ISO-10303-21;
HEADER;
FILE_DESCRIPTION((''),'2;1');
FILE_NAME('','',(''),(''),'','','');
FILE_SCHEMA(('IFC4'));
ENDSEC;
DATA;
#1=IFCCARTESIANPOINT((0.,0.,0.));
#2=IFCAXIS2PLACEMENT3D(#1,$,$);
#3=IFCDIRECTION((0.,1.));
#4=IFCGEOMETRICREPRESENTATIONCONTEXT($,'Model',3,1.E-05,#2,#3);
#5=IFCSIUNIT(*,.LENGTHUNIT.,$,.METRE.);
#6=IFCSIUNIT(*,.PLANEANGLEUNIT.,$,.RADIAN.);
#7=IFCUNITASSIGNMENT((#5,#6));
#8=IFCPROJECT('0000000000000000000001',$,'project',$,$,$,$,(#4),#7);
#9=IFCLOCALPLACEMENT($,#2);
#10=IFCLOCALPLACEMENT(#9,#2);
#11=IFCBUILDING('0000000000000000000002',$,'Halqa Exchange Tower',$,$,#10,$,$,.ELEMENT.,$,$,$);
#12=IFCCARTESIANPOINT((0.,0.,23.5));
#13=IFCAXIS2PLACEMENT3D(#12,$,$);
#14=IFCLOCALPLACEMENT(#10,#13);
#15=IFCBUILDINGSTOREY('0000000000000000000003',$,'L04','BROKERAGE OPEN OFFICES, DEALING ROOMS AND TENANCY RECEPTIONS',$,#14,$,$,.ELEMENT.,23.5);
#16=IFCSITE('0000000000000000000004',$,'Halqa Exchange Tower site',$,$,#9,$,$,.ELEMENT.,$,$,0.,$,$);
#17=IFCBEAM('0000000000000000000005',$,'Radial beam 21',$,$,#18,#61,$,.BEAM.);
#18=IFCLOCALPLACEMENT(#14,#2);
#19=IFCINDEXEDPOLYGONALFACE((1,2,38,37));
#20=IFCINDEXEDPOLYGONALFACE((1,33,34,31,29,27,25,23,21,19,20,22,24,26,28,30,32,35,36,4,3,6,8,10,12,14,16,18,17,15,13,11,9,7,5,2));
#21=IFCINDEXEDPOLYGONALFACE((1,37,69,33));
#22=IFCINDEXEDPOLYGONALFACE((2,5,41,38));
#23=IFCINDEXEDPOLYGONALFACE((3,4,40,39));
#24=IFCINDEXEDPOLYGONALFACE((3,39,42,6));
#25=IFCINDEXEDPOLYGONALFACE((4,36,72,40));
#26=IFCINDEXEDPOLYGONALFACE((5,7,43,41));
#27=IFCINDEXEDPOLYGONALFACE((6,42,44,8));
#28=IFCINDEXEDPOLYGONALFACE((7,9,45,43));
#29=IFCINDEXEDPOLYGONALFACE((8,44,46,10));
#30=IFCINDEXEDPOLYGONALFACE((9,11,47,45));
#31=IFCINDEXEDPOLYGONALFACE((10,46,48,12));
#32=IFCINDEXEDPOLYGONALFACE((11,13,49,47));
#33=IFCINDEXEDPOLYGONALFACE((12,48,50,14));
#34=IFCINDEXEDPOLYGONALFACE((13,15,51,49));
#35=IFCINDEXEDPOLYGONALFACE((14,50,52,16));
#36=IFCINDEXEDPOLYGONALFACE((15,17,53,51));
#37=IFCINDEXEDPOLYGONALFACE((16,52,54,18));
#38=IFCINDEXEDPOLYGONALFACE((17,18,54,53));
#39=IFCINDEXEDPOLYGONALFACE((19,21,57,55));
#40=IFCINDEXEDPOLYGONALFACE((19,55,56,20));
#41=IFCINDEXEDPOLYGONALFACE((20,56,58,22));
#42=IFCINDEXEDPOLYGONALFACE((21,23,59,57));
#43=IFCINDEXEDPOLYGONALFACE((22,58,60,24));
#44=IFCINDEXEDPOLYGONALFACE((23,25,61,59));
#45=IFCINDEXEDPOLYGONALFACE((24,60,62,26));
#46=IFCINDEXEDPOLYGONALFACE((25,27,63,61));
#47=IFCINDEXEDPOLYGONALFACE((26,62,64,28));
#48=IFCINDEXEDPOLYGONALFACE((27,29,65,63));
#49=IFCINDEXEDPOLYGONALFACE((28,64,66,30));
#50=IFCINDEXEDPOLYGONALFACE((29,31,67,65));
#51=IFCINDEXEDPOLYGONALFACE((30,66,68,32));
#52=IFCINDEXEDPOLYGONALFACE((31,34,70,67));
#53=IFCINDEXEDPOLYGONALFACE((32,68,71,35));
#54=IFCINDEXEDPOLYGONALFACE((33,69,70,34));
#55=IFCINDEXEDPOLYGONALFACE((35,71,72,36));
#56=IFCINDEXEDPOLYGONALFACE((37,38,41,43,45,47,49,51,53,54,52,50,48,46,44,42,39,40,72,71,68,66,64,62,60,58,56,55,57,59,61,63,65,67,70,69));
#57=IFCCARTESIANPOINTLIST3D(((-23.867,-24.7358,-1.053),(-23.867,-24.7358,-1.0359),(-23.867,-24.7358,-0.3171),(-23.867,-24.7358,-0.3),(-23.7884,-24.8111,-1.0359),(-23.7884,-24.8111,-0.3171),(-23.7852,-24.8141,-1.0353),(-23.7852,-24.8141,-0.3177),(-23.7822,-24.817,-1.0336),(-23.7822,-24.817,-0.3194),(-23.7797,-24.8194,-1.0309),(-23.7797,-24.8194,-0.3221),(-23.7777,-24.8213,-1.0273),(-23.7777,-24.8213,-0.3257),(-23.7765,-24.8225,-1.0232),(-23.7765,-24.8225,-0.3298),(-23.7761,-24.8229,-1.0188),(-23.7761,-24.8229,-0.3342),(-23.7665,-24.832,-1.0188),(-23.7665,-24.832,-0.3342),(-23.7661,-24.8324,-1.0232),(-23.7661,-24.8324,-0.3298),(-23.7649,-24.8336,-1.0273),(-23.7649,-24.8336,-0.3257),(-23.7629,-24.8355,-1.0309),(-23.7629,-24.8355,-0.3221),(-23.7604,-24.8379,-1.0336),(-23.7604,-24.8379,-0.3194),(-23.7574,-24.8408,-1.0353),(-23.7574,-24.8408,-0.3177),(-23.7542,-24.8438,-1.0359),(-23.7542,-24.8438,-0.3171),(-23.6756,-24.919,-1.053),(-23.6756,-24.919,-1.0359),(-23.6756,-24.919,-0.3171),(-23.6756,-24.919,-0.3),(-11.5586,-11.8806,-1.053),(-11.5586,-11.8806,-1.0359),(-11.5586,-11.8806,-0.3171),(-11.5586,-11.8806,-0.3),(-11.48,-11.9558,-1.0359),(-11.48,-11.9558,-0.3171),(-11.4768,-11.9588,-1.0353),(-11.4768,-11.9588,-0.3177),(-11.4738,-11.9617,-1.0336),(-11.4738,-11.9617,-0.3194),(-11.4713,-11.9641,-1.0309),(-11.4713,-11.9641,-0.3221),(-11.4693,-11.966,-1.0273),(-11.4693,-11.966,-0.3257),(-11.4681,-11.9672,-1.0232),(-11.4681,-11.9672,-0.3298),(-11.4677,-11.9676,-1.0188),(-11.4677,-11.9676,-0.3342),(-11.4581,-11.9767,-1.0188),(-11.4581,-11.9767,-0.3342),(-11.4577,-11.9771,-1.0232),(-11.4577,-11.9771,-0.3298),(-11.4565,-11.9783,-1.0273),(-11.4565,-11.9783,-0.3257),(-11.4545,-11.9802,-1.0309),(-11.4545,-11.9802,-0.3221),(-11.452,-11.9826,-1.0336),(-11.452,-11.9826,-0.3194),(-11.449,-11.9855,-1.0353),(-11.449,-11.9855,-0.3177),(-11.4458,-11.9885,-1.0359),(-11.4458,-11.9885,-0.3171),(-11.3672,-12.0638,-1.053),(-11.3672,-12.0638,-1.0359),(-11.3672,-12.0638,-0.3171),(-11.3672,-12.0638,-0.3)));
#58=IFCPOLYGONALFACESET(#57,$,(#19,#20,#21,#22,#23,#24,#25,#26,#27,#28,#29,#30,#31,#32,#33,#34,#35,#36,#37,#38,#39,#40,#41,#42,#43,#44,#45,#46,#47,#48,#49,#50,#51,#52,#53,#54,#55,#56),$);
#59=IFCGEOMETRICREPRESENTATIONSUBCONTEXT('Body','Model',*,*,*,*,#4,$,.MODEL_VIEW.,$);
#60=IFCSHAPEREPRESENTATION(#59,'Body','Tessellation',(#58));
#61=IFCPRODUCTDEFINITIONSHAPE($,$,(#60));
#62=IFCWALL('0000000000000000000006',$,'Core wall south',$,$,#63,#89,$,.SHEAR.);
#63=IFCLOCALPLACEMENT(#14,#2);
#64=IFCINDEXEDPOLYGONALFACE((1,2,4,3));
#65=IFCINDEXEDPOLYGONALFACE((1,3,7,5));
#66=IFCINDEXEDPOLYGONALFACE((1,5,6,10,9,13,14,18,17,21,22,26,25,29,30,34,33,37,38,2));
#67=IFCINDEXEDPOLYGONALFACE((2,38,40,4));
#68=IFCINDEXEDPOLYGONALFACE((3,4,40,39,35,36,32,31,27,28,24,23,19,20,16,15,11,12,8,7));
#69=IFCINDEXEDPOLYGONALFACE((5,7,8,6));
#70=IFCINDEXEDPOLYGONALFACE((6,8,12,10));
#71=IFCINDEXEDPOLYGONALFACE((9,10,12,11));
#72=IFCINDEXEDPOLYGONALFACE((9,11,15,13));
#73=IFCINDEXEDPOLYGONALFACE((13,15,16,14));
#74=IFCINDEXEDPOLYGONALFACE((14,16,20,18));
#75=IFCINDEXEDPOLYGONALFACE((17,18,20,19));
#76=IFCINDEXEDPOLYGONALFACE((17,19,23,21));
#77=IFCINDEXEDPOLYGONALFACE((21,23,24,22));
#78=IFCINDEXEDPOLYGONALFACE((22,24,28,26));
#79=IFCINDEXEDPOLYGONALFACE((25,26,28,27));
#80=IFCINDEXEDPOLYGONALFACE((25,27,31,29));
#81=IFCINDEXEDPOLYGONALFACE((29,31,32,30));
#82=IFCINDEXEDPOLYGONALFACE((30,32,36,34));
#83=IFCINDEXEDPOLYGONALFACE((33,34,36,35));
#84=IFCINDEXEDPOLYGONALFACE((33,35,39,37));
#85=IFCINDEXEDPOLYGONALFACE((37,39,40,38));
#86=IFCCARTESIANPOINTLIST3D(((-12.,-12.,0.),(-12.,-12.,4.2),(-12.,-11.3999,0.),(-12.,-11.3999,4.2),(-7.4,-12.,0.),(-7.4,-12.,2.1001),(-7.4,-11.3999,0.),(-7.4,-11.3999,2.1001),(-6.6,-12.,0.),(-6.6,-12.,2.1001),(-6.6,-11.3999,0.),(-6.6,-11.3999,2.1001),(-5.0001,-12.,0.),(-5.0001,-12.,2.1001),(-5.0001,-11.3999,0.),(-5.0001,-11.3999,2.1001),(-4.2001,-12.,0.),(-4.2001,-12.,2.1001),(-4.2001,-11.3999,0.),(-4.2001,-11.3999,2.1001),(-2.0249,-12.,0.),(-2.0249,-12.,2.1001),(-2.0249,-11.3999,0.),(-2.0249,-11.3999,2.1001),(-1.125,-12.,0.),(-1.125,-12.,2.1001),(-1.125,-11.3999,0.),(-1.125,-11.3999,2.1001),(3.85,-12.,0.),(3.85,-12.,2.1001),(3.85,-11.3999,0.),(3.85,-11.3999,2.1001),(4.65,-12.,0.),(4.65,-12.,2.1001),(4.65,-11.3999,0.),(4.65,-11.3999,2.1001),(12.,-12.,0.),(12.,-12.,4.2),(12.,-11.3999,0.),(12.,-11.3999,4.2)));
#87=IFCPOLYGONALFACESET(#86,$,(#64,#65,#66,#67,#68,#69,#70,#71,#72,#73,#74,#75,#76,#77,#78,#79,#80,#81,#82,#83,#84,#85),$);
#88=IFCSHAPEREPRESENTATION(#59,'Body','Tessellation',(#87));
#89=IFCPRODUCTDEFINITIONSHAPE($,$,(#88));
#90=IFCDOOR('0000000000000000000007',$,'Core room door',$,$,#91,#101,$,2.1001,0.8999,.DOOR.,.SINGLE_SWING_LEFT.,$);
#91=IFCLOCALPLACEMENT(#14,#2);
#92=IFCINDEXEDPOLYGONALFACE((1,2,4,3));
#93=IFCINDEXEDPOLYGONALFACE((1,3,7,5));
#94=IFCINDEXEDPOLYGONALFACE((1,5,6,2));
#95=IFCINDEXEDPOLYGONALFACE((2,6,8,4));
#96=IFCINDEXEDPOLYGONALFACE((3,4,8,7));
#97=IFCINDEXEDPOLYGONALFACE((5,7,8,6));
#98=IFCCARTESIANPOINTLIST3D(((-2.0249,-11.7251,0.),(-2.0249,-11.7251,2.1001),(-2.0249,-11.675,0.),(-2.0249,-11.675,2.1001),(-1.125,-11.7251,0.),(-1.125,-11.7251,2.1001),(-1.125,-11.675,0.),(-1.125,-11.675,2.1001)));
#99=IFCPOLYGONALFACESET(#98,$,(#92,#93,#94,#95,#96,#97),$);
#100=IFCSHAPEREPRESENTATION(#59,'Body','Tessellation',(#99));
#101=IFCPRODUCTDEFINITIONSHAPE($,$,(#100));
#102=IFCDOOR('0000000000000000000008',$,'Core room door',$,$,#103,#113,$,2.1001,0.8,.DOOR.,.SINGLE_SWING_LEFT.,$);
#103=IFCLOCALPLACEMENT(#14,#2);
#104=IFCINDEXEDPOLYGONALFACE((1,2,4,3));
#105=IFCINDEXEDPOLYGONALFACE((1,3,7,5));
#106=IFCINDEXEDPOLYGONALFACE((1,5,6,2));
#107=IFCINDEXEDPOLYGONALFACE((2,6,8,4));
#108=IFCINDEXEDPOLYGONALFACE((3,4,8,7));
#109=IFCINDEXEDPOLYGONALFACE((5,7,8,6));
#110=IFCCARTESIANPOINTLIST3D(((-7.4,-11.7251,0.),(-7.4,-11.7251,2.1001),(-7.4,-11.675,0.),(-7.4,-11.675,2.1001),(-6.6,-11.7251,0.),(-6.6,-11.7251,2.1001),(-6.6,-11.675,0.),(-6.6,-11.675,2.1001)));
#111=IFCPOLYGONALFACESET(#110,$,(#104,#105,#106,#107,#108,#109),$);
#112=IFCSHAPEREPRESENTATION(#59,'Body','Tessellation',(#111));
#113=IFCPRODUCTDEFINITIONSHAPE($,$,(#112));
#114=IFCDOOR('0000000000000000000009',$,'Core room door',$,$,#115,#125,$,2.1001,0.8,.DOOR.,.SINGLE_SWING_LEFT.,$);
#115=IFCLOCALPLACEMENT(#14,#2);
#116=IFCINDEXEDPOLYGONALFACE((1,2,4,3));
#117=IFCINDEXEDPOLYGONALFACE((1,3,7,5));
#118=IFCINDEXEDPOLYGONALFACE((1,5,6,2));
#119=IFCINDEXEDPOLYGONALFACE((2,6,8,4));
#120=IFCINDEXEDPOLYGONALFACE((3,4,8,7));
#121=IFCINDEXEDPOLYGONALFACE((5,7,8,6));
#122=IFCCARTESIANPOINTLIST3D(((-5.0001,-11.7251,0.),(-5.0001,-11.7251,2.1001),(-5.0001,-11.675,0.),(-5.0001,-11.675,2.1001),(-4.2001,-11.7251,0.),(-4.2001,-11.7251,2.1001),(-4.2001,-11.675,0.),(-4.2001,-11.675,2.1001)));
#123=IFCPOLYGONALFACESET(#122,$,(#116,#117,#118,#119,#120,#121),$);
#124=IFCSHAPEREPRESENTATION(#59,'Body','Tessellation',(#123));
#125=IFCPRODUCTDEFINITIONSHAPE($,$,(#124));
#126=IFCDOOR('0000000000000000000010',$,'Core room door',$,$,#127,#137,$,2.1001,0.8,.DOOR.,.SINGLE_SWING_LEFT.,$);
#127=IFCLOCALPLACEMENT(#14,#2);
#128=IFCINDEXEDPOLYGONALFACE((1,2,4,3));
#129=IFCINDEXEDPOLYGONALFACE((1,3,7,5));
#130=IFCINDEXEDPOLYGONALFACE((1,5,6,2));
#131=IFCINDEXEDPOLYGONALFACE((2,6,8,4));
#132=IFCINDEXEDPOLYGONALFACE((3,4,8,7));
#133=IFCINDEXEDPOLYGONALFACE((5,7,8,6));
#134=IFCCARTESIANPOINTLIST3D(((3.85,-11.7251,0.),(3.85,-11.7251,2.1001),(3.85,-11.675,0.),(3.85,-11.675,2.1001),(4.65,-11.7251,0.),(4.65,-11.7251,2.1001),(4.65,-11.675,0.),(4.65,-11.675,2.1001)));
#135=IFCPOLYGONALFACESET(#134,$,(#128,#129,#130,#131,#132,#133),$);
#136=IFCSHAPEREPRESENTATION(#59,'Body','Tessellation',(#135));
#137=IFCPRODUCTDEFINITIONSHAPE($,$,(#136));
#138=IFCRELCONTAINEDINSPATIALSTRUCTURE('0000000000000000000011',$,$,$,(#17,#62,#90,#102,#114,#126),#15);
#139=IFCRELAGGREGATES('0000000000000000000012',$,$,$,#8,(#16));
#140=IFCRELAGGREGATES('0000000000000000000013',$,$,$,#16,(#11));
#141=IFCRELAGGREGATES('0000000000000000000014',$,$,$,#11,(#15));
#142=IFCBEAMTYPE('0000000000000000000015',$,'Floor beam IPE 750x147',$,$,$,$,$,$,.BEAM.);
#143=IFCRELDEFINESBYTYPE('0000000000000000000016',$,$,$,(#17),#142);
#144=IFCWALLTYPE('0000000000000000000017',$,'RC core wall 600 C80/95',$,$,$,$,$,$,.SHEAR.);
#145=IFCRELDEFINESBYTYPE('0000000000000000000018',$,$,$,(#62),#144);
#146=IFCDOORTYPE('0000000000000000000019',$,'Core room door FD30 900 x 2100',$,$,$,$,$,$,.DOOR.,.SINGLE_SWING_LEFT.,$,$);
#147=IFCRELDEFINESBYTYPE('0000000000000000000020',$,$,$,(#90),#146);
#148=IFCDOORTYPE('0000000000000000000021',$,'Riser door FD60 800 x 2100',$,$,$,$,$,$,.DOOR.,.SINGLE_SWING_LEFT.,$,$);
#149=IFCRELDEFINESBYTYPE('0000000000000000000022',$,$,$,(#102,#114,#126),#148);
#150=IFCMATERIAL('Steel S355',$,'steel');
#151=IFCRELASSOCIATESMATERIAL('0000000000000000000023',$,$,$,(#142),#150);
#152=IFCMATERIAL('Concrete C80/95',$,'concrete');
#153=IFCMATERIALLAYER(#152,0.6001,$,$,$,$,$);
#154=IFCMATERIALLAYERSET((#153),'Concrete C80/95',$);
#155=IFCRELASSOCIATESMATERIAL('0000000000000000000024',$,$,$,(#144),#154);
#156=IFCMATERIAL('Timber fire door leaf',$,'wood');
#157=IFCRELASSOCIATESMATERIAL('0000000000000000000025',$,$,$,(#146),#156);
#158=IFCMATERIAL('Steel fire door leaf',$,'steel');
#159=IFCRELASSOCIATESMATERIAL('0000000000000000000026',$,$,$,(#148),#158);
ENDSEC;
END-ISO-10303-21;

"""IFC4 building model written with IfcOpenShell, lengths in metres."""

from ifc_helpers import new_model, si_unit, direction, frame, frame_2d, origin, origin_2d, place, context, subcontext, project, spatial, rectangle, i_section, extrude, material, layer, layer_set, material_profile, profile_set, type_object, element, fill, save


model = new_model("IFC4")

# Units and contexts
model_context = context("Model", 3, precision=1e-05, world=origin(), true_north=direction((0.0, 1.0)))
body_context = subcontext(model_context, "Body", "Model", "MODEL_VIEW")
ifc_project = project(units=[si_unit("LENGTHUNIT", "METRE"), si_unit("PLANEANGLEUNIT", "RADIAN")], contexts=[model_context])

# Site, building, storey
site_placement = place(None, origin())
site = spatial("IfcSite", under=ifc_project, at=site_placement, Name="Halqa Exchange Tower site", CompositionType="ELEMENT", RefElevation=0.0)
building_placement = place(site_placement, origin())
building = spatial("IfcBuilding", under=site, at=building_placement, Name="Halqa Exchange Tower", CompositionType="ELEMENT")
storey_placement = place(building_placement, frame((0.0, 0.0, 23.5)))
storey = spatial("IfcBuildingStorey", under=building, at=storey_placement, Name="L04", Description="BROKERAGE OPEN OFFICES, DEALING ROOMS AND TENANCY RECEPTIONS", CompositionType="ELEMENT", Elevation=23.5)

# Beam
ifc_material_1 = material(Name="Steel S355", Category="steel")
ifc_material_profile = material_profile(ifc_material_1, i_section(OverallWidth=0.2649, OverallDepth=0.7529, WebThickness=0.0132, FlangeThickness=0.0171, FilletRadius=0.0171, at=origin_2d()), Name="IPE 750x147")
ifc_profile_set = profile_set([ifc_material_profile], Name="Steel S355")
beam_type = type_object("IfcBeamType", Name="Floor beam IPE 750x147", PredefinedType="BEAM", material=ifc_profile_set)
beam_placement = place(storey_placement, frame((-11.4629, -11.9722, -0.6765), z_axis=(-0.691576, -0.722304, 0.0), x_axis=(0.722304, -0.691576, 0.0)))
element("IfcBeam", 1, at=beam_placement, inside=storey, type_object=beam_type, Name="Radial beam 21", PredefinedType="BEAM", context=body_context, shape_type="SweptSolid", body=[
    extrude(i_section(OverallWidth=0.2649, OverallDepth=0.7529, WebThickness=0.0132, FlangeThickness=0.0171, FilletRadius=0.0171, at=origin_2d()), origin(), (0.0, 0.0, 1.0), 17.7976),
])

# Wall, openings, doors
ifc_material_2 = material(Name="Concrete C80/95", Category="concrete")
ifc_layer_1 = layer(ifc_material_2, 0.6001)
ifc_layer_set_1 = layer_set([ifc_layer_1], Name="Concrete C80/95")
wall_type_1 = type_object("IfcWallType", Name="RC core wall 600 C80/95", PredefinedType="SHEAR", material=ifc_layer_set_1)
wall_1_placement = place(storey_placement, frame((-12.0, -11.7, 0.0), z_axis=(0.0, 0.0, 1.0), x_axis=(1.0, 0.0, 0.0)))
wall_1 = element("IfcWall", 2, at=wall_1_placement, inside=storey, type_object=wall_type_1, Name="Core wall south", PredefinedType="SHEAR", context=body_context, shape_type="SweptSolid", body=[
    extrude(rectangle(XDim=24.0, YDim=0.6001, at=frame_2d((12.0, 0.0))), origin(), (0.0, 0.0, 1.0), 4.2),
])
opening_1_placement = place(wall_1_placement, frame((9.9751, 0.0, 0.0)))
opening_1 = element("IfcOpeningElement", 3, at=opening_1_placement, cuts=wall_1, PredefinedType="OPENING", context=body_context, shape_type="SweptSolid", body=[
    extrude(rectangle(XDim=0.8999, YDim=2.1001, at=frame_2d((0.45, 1.05))), frame((0.0, 0.312, 0.0), z_axis=(0.0, -1.0, 0.0), x_axis=(1.0, 0.0, 0.0)), (0.0, 0.0, 1.0), 0.624),
])
opening_2_placement = place(wall_1_placement, frame((4.6001, 0.0, 0.0)))
opening_2 = element("IfcOpeningElement", 4, at=opening_2_placement, cuts=wall_1, PredefinedType="OPENING", context=body_context, shape_type="SweptSolid", body=[
    extrude(rectangle(XDim=0.8, YDim=2.1001, at=frame_2d((0.3999, 1.05))), frame((0.0, 0.312, 0.0), z_axis=(0.0, -1.0, 0.0), x_axis=(1.0, 0.0, 0.0)), (0.0, 0.0, 1.0), 0.624),
])
opening_3_placement = place(wall_1_placement, frame((7.0, 0.0, 0.0)))
opening_3 = element("IfcOpeningElement", 5, at=opening_3_placement, cuts=wall_1, PredefinedType="OPENING", context=body_context, shape_type="SweptSolid", body=[
    extrude(rectangle(XDim=0.8, YDim=2.1001, at=frame_2d((0.3999, 1.05))), frame((0.0, 0.312, 0.0), z_axis=(0.0, -1.0, 0.0), x_axis=(1.0, 0.0, 0.0)), (0.0, 0.0, 1.0), 0.624),
])
opening_4_placement = place(wall_1_placement, frame((15.8501, 0.0, 0.0)))
opening_4 = element("IfcOpeningElement", 6, at=opening_4_placement, cuts=wall_1, PredefinedType="OPENING", context=body_context, shape_type="SweptSolid", body=[
    extrude(rectangle(XDim=0.8, YDim=2.1001, at=frame_2d((0.3999, 1.05))), frame((0.0, 0.312, 0.0), z_axis=(0.0, -1.0, 0.0), x_axis=(1.0, 0.0, 0.0)), (0.0, 0.0, 1.0), 0.624),
])
ifc_material_3 = material(Name="Timber fire door leaf", Category="wood")
door_type_1 = type_object("IfcDoorType", Name="Core room door FD30 900 x 2100", OperationType="SINGLE_SWING_LEFT", PredefinedType="DOOR", material=ifc_material_3)
door_1_placement = place(opening_1_placement, origin())
door_1 = element("IfcDoor", 7, at=door_1_placement, inside=storey, type_object=door_type_1, Name="Core room door", OperationType="SINGLE_SWING_LEFT", OverallHeight=2.1001, OverallWidth=0.8999, PredefinedType="DOOR", context=body_context, shape_type="SweptSolid", body=[
    extrude(rectangle(XDim=0.8999, YDim=2.1001, at=frame_2d((0.45, 1.05))), frame((0.0, 0.0249, 0.0), z_axis=(0.0, -1.0, 0.0), x_axis=(1.0, 0.0, 0.0)), (0.0, 0.0, 1.0), 0.05),
])
fill(opening_1, door_1)
ifc_material_4 = material(Name="Steel fire door leaf", Category="steel")
door_type_2 = type_object("IfcDoorType", Name="Riser door FD60 800 x 2100", OperationType="SINGLE_SWING_LEFT", PredefinedType="DOOR", material=ifc_material_4)
door_2_placement = place(opening_2_placement, origin())
door_2 = element("IfcDoor", 8, at=door_2_placement, inside=storey, type_object=door_type_2, Name="Core room door", OperationType="SINGLE_SWING_LEFT", OverallHeight=2.1001, OverallWidth=0.8, PredefinedType="DOOR", context=body_context, shape_type="SweptSolid", body=[
    extrude(rectangle(XDim=0.8, YDim=2.1001, at=frame_2d((0.3999, 1.05))), frame((0.0, 0.0249, 0.0), z_axis=(0.0, -1.0, 0.0), x_axis=(1.0, 0.0, 0.0)), (0.0, 0.0, 1.0), 0.05),
])
fill(opening_2, door_2)
door_3_placement = place(opening_3_placement, origin())
door_3 = element("IfcDoor", 9, at=door_3_placement, inside=storey, type_object=door_type_2, Name="Core room door", OperationType="SINGLE_SWING_LEFT", OverallHeight=2.1001, OverallWidth=0.8, PredefinedType="DOOR", context=body_context, shape_type="SweptSolid", body=[
    extrude(rectangle(XDim=0.8, YDim=2.1001, at=frame_2d((0.3999, 1.05))), frame((0.0, 0.0249, 0.0), z_axis=(0.0, -1.0, 0.0), x_axis=(1.0, 0.0, 0.0)), (0.0, 0.0, 1.0), 0.05),
])
fill(opening_3, door_3)
door_4_placement = place(opening_4_placement, origin())
door_4 = element("IfcDoor", 10, at=door_4_placement, inside=storey, type_object=door_type_2, Name="Core room door", OperationType="SINGLE_SWING_LEFT", OverallHeight=2.1001, OverallWidth=0.8, PredefinedType="DOOR", context=body_context, shape_type="SweptSolid", body=[
    extrude(rectangle(XDim=0.8, YDim=2.1001, at=frame_2d((0.3999, 1.05))), frame((0.0, 0.0249, 0.0), z_axis=(0.0, -1.0, 0.0), x_axis=(1.0, 0.0, 0.0)), (0.0, 0.0, 1.0), 0.05),
])
fill(opening_4, door_4)

save(model, "model.ifc")
